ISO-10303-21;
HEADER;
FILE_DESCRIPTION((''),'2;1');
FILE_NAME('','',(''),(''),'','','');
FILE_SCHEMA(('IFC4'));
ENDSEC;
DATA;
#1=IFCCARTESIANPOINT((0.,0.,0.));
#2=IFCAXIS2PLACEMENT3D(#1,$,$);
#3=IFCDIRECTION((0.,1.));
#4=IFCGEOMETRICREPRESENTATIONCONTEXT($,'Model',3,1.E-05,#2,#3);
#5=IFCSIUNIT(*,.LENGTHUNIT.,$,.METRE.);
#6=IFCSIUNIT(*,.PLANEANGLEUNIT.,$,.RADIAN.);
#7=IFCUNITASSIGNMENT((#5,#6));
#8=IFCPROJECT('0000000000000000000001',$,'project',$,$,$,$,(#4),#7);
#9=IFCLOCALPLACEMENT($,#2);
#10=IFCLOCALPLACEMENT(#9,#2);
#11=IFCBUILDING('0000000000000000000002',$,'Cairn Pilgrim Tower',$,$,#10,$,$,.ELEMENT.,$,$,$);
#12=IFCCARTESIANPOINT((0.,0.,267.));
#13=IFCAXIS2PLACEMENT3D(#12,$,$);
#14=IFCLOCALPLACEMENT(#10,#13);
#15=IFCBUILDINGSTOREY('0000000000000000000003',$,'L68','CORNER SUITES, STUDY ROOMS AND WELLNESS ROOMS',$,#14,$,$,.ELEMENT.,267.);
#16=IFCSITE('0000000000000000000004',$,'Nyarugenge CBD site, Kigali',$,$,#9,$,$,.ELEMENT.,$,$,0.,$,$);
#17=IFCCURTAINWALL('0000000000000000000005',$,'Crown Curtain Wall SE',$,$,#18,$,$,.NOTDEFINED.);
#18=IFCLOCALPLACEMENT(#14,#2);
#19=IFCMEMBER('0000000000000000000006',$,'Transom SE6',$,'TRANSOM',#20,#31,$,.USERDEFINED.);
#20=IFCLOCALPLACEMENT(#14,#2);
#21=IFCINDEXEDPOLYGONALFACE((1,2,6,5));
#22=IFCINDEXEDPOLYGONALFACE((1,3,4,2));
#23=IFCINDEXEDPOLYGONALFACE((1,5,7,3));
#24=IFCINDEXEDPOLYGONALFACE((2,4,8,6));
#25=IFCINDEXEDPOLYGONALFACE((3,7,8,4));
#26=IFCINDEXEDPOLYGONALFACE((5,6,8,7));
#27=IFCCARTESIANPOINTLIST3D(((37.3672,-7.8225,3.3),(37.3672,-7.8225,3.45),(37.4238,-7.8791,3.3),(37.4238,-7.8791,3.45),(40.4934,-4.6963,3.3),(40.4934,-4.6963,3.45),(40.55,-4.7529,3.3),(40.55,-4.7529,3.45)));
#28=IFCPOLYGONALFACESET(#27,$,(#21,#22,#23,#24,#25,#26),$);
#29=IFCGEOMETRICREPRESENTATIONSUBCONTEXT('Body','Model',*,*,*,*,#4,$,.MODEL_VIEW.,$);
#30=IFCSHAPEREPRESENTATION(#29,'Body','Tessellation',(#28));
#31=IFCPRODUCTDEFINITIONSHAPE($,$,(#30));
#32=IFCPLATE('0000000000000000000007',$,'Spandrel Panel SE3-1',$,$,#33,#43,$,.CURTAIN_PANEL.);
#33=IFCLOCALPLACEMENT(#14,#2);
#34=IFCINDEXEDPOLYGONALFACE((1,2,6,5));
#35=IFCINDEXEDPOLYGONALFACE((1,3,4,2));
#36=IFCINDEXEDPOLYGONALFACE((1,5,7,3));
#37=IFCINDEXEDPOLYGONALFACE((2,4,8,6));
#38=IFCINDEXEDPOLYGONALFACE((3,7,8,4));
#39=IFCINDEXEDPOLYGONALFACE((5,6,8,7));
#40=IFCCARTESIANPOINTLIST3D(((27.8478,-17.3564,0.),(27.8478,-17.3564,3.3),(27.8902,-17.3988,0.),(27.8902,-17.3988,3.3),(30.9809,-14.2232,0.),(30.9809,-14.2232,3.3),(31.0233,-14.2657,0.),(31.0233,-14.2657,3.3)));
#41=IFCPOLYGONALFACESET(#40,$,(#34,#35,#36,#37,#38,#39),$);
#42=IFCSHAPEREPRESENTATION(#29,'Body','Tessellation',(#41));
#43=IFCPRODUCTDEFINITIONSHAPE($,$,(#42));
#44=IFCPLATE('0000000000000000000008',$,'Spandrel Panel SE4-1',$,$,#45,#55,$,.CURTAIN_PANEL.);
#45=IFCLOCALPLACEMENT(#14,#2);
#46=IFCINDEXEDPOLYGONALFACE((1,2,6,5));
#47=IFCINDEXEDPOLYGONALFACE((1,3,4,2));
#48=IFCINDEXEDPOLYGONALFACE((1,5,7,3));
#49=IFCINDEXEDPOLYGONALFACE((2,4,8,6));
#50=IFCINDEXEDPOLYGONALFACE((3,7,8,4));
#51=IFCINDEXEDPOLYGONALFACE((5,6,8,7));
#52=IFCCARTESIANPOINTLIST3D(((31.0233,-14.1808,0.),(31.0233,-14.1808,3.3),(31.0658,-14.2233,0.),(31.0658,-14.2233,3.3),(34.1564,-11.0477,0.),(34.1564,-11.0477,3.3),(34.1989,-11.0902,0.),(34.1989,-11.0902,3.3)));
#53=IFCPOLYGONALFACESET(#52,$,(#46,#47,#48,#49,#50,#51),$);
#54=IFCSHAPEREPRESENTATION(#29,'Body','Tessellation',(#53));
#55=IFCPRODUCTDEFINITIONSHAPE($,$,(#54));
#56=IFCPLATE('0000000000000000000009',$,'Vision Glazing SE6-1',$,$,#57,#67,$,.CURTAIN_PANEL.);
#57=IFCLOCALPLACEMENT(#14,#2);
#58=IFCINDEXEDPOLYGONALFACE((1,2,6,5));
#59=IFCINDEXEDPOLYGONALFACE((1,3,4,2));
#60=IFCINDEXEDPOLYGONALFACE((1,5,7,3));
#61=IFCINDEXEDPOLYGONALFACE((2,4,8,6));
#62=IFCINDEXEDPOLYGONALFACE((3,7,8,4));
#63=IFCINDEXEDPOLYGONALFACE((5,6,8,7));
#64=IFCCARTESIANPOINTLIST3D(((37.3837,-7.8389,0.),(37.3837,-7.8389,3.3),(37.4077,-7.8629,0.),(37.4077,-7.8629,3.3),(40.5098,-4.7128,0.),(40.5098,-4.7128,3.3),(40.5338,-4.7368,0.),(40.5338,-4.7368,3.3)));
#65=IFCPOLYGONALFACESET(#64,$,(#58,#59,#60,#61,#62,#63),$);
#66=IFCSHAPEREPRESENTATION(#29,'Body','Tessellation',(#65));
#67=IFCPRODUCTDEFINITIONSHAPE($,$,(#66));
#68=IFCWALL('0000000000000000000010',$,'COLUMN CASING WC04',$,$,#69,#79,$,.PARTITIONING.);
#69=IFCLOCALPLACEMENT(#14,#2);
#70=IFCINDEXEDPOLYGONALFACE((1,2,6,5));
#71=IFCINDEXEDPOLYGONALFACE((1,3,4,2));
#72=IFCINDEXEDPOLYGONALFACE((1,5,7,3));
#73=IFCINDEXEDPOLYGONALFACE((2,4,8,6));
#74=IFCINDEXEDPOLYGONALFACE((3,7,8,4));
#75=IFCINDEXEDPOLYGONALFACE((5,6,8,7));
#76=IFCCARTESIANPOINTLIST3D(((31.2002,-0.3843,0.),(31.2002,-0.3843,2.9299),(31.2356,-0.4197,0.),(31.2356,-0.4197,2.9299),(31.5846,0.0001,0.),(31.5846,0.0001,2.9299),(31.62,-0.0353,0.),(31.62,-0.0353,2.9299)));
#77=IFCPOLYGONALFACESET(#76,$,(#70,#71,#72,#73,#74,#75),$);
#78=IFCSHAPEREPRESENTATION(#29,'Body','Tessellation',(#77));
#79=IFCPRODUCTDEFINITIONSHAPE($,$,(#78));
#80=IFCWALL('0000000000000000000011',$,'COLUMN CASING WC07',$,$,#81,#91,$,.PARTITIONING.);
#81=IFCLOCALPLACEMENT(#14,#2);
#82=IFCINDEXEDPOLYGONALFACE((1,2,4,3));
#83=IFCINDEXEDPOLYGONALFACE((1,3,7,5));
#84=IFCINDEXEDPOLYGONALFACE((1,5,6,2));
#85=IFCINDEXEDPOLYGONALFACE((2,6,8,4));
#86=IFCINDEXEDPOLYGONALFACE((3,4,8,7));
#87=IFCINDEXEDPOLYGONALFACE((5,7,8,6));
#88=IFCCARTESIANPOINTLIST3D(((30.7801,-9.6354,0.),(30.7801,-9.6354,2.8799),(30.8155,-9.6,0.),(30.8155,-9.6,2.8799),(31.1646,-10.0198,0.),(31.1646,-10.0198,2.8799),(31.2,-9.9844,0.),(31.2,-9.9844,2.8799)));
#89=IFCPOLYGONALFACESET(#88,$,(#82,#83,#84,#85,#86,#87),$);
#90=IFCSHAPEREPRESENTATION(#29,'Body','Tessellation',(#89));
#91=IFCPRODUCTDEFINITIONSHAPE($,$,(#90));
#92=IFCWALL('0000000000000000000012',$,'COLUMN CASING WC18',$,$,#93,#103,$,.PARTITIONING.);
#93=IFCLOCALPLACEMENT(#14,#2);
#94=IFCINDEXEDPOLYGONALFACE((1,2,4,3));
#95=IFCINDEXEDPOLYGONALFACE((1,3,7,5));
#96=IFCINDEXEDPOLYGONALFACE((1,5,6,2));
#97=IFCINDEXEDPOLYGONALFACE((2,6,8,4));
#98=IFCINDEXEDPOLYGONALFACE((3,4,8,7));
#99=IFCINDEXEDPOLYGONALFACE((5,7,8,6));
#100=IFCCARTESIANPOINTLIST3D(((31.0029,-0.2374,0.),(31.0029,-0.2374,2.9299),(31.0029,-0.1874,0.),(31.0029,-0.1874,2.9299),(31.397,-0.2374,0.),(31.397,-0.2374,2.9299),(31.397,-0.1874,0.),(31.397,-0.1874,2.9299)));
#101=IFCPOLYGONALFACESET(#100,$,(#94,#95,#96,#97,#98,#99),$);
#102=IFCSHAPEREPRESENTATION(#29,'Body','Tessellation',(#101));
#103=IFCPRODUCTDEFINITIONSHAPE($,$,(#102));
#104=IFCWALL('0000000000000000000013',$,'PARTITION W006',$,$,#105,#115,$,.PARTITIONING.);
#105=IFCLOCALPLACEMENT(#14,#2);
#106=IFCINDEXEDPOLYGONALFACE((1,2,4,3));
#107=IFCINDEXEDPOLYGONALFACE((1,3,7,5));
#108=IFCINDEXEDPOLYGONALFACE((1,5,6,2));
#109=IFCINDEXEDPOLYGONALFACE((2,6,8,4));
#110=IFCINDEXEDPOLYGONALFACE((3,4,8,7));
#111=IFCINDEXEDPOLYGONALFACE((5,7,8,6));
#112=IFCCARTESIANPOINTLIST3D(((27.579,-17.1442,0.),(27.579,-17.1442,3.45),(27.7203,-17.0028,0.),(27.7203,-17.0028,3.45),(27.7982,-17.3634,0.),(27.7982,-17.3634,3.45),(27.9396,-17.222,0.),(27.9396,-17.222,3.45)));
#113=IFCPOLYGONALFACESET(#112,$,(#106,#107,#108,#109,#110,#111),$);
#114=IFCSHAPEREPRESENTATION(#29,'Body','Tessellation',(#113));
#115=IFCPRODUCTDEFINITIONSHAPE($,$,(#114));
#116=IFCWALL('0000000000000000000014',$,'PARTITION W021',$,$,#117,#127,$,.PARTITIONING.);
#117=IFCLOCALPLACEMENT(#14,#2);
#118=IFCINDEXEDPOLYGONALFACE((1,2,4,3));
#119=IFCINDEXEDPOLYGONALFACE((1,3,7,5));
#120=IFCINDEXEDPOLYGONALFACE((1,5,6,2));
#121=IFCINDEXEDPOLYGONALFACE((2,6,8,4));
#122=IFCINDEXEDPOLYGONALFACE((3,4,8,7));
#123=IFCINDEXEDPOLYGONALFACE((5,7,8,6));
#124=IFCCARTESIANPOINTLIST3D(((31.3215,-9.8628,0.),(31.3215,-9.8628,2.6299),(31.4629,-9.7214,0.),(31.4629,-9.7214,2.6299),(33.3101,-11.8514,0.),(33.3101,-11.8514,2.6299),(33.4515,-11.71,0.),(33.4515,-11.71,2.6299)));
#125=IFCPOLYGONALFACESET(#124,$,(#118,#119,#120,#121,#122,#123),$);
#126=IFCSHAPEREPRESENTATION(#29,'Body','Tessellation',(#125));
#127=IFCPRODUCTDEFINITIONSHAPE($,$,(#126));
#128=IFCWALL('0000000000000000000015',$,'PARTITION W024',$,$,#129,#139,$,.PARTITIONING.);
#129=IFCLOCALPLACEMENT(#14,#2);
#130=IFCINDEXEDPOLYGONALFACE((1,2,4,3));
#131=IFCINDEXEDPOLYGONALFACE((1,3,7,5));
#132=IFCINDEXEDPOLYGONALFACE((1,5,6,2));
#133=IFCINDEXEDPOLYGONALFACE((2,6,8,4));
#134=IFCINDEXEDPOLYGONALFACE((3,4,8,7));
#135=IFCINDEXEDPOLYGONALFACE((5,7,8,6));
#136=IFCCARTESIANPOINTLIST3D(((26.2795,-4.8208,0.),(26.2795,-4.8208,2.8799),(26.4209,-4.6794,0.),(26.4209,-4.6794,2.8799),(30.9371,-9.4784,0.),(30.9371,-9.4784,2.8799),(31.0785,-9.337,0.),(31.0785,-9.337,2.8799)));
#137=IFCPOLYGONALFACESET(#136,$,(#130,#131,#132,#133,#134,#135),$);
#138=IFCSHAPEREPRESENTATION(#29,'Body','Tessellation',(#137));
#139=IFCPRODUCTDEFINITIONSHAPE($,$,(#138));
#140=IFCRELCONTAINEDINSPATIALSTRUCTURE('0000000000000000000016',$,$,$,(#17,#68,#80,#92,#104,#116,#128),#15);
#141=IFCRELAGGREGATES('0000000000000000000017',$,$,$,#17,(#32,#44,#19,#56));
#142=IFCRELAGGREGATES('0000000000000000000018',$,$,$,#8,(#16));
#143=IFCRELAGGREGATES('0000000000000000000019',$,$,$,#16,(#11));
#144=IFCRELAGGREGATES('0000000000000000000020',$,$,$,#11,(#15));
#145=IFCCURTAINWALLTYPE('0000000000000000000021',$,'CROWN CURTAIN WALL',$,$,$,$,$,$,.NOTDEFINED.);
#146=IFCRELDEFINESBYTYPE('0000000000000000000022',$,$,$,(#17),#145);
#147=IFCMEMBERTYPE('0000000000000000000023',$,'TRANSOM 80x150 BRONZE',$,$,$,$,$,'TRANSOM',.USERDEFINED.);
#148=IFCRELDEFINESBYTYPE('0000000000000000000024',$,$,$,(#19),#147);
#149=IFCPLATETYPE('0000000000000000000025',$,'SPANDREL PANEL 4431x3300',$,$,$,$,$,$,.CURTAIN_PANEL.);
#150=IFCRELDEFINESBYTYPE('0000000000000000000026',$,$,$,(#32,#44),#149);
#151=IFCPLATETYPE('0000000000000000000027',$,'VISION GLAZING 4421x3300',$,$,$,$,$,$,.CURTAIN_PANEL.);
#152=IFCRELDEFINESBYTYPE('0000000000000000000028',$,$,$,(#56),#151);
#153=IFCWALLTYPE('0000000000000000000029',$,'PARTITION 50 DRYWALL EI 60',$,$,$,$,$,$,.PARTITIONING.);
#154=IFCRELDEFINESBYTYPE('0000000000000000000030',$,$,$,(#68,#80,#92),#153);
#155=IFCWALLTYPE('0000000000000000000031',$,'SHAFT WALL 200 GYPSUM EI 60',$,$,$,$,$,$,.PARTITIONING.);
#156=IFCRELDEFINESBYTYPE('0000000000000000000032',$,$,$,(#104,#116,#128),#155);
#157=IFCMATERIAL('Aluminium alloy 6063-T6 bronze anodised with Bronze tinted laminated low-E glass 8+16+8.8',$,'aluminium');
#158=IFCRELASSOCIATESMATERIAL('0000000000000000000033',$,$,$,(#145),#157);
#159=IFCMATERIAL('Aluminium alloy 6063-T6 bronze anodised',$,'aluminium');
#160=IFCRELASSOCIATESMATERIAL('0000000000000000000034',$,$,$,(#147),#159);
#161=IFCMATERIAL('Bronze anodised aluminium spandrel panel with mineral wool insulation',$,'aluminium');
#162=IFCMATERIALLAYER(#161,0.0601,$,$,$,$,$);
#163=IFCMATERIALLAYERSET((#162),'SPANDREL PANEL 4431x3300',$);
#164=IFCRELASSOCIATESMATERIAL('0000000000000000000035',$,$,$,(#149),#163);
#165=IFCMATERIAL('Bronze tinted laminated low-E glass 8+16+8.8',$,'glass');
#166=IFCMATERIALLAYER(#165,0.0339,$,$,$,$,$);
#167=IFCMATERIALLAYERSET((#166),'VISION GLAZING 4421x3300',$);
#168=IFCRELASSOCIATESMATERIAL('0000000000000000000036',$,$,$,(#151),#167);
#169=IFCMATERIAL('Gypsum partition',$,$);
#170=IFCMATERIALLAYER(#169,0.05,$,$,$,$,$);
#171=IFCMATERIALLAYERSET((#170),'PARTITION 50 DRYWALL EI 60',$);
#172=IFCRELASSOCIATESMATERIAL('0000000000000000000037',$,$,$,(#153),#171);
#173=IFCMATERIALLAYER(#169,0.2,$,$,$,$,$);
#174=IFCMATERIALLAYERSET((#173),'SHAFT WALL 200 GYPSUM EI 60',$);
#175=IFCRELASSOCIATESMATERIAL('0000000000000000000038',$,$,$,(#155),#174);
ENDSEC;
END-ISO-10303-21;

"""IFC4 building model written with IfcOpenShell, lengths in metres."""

from ifc_helpers import new_model, si_unit, direction, frame, frame_2d, origin, origin_2d, place, context, subcontext, project, spatial, rectangle, extrude, material, layer, layer_set, material_profile, profile_set, type_object, element, aggregate, save


model = new_model("IFC4")

# Units and contexts
model_context = context("Model", 3, precision=1e-05, world=origin(), true_north=direction((0.0, 1.0)))
body_context = subcontext(model_context, "Body", "Model", "MODEL_VIEW")
ifc_project = project(units=[si_unit("LENGTHUNIT", "METRE"), si_unit("PLANEANGLEUNIT", "RADIAN")], contexts=[model_context])

# Site, building, storey
site_placement = place(None, origin())
site = spatial("IfcSite", under=ifc_project, at=site_placement, Name="Nyarugenge CBD site, Kigali", CompositionType="ELEMENT", RefElevation=0.0)
building_placement = place(site_placement, origin())
building = spatial("IfcBuilding", under=site, at=building_placement, Name="Cairn Pilgrim Tower", CompositionType="ELEMENT")
storey_placement = place(building_placement, frame((0.0, 0.0, 267.0)))
storey = spatial("IfcBuildingStorey", under=building, at=storey_placement, Name="L68", Description="CORNER SUITES, STUDY ROOMS AND WELLNESS ROOMS", CompositionType="ELEMENT", Elevation=267.0)

# Curtain wall
ifc_material_1 = material(Name="Aluminium alloy 6063-T6 bronze anodised with Bronze tinted laminated low-E glass 8+16+8.8", Category="aluminium")
curtain_wall_type = type_object("IfcCurtainWallType", Name="CROWN CURTAIN WALL", PredefinedType="NOTDEFINED", material=ifc_material_1)
curtain_wall_placement = place(storey_placement, origin())
curtain_wall = element("IfcCurtainWall", 1, at=curtain_wall_placement, inside=storey, type_object=curtain_wall_type, Name="Crown Curtain Wall SE", PredefinedType="NOTDEFINED")
ifc_material_2 = material(Name="Aluminium alloy 6063-T6 bronze anodised", Category="aluminium")

# Member
ifc_material_profile_1 = material_profile(ifc_material_2, rectangle(XDim=0.0801, YDim=0.1499, at=origin_2d()), Name="TRANSOM 80x150 BRONZE")
ifc_profile_set_1 = profile_set([ifc_material_profile_1], Name="Aluminium alloy 6063-T6 bronze anodised")
member_type_1 = type_object("IfcMemberType", Name="TRANSOM 80x150 BRONZE", ElementType="TRANSOM", PredefinedType="USERDEFINED", material=ifc_profile_set_1)
member_1_placement = place(storey_placement, frame((37.3955, -7.8508, 3.375), z_axis=(0.707107, 0.707107, 0.0), x_axis=(-0.707107, 0.707107, 0.0)))
member_1 = element("IfcMember", 2, at=member_1_placement, type_object=member_type_1, Name="Transom SE6", ObjectType="TRANSOM", PredefinedType="USERDEFINED", context=body_context, shape_type="SweptSolid", body=[
    extrude(rectangle(XDim=0.0801, YDim=0.1499, at=origin_2d()), origin(), (0.0, 0.0, 1.0), 4.4211),
])

# Plates
ifc_material_3 = material(Name="Bronze anodised aluminium spandrel panel with mineral wool insulation", Category="aluminium")
ifc_layer_1 = layer(ifc_material_3, 0.0601)
ifc_layer_set_1 = layer_set([ifc_layer_1], Name="SPANDREL PANEL 4431x3300")
plate_type_1 = type_object("IfcPlateType", Name="SPANDREL PANEL 4431x3300", PredefinedType="CURTAIN_PANEL", material=ifc_layer_set_1)
plate_1_placement = place(storey_placement, frame((29.4355, -15.811, 0.0), z_axis=(0.0, 0.0, 1.0), x_axis=(0.707107, 0.707107, 0.0)))
plate_1 = element("IfcPlate", 3, at=plate_1_placement, type_object=plate_type_1, Name="Spandrel Panel SE3-1", PredefinedType="CURTAIN_PANEL", context=body_context, shape_type="SweptSolid", body=[
    extrude(rectangle(XDim=4.4309, YDim=0.0601, at=origin_2d()), origin(), (0.0, 0.0, 1.0), 3.3),
])
plate_2_placement = place(storey_placement, frame((32.6111, -12.6355, 0.0), z_axis=(0.0, 0.0, 1.0), x_axis=(0.707107, 0.707107, 0.0)))
plate_2 = element("IfcPlate", 4, at=plate_2_placement, type_object=plate_type_1, Name="Spandrel Panel SE4-1", PredefinedType="CURTAIN_PANEL", context=body_context, shape_type="SweptSolid", body=[
    extrude(rectangle(XDim=4.4309, YDim=0.0601, at=origin_2d()), origin(), (0.0, 0.0, 1.0), 3.3),
])
ifc_material_4 = material(Name="Bronze tinted laminated low-E glass 8+16+8.8", Category="glass")
ifc_layer_2 = layer(ifc_material_4, 0.0339)
ifc_layer_set_2 = layer_set([ifc_layer_2], Name="VISION GLAZING 4421x3300")
plate_type_2 = type_object("IfcPlateType", Name="VISION GLAZING 4421x3300", PredefinedType="CURTAIN_PANEL", material=ifc_layer_set_2)
plate_3_placement = place(storey_placement, frame((38.9587, -6.2878, 0.0), z_axis=(0.0, 0.0, 1.0), x_axis=(0.707107, 0.707107, 0.0)))
plate_3 = element("IfcPlate", 5, at=plate_3_placement, type_object=plate_type_2, Name="Vision Glazing SE6-1", PredefinedType="CURTAIN_PANEL", context=body_context, shape_type="SweptSolid", body=[
    extrude(rectangle(XDim=4.4209, YDim=0.0339, at=origin_2d()), origin(), (0.0, 0.0, 1.0), 3.3),
])
aggregate(curtain_wall, [plate_1, plate_2, member_1, plate_3])

# Walls
ifc_material_5 = material(Name="Gypsum partition")
ifc_layer_3 = layer(ifc_material_5, 0.05)
ifc_layer_set_3 = layer_set([ifc_layer_3], Name="PARTITION 50 DRYWALL EI 60")
wall_type_1 = type_object("IfcWallType", Name="PARTITION 50 DRYWALL EI 60", PredefinedType="PARTITIONING", material=ifc_layer_set_3)
wall_1_placement = place(storey_placement, frame((31.2178, -0.4021, 0.0), z_axis=(0.0, 0.0, 1.0), x_axis=(0.707107, 0.707107, 0.0)))
element("IfcWall", 6, at=wall_1_placement, inside=storey, type_object=wall_type_1, Name="COLUMN CASING WC04", PredefinedType="PARTITIONING", context=body_context, shape_type="SweptSolid", body=[
    extrude(rectangle(XDim=0.5437, YDim=0.05, at=frame_2d((0.272, 0.0))), origin(), (0.0, 0.0, 1.0), 2.9299),
])
wall_2_placement = place(storey_placement, frame((31.1824, -10.0022, 0.0), z_axis=(0.0, 0.0, 1.0), x_axis=(-0.707107, 0.707107, 0.0)))
element("IfcWall", 7, at=wall_2_placement, inside=storey, type_object=wall_type_1, Name="COLUMN CASING WC07", PredefinedType="PARTITIONING", context=body_context, shape_type="SweptSolid", body=[
    extrude(rectangle(XDim=0.5437, YDim=0.05, at=frame_2d((0.272, 0.0))), origin(), (0.0, 0.0, 1.0), 2.8799),
])
wall_3_placement = place(storey_placement, frame((31.0029, -0.2124, 0.0), z_axis=(0.0, 0.0, 1.0), x_axis=(1.0, 0.0, 0.0)))
element("IfcWall", 8, at=wall_3_placement, inside=storey, type_object=wall_type_1, Name="COLUMN CASING WC18", PredefinedType="PARTITIONING", context=body_context, shape_type="SweptSolid", body=[
    extrude(rectangle(XDim=0.394, YDim=0.05, at=frame_2d((0.197, 0.0))), origin(), (0.0, 0.0, 1.0), 2.9299),
])
ifc_layer_4 = layer(ifc_material_5, 0.2)
ifc_layer_set_4 = layer_set([ifc_layer_4], Name="SHAFT WALL 200 GYPSUM EI 60")
wall_type_2 = type_object("IfcWallType", Name="SHAFT WALL 200 GYPSUM EI 60", PredefinedType="PARTITIONING", material=ifc_layer_set_4)
wall_4_placement = place(storey_placement, frame((27.8689, -17.2927, 0.0), z_axis=(0.0, 0.0, 1.0), x_axis=(-0.707107, 0.707107, 0.0)))
element("IfcWall", 9, at=wall_4_placement, inside=storey, type_object=wall_type_2, Name="PARTITION W006", PredefinedType="PARTITIONING", context=body_context, shape_type="SweptSolid", body=[
    extrude(rectangle(XDim=0.3101, YDim=0.2, at=frame_2d((0.155, 0.0))), origin(), (0.0, 0.0, 1.0), 3.45),
])
wall_5_placement = place(storey_placement, frame((33.3809, -11.7808, 0.0), z_axis=(0.0, 0.0, 1.0), x_axis=(-0.707107, 0.707107, 0.0)))
element("IfcWall", 10, at=wall_5_placement, inside=storey, type_object=wall_type_2, Name="PARTITION W021", PredefinedType="PARTITIONING", context=body_context, shape_type="SweptSolid", body=[
    extrude(rectangle(XDim=2.8123, YDim=0.2, at=frame_2d((1.4062, 0.0))), origin(), (0.0, 0.0, 1.0), 2.6299),
])
wall_6_placement = place(storey_placement, frame((31.0078, -9.4077, 0.0), z_axis=(0.0, 0.0, 1.0), x_axis=(-0.707107, 0.707107, 0.0)))
element("IfcWall", 11, at=wall_6_placement, inside=storey, type_object=wall_type_2, Name="PARTITION W024", PredefinedType="PARTITIONING", context=body_context, shape_type="SweptSolid", body=[
    extrude(rectangle(XDim=6.5869, YDim=0.2, at=frame_2d((3.2935, 0.0))), origin(), (0.0, 0.0, 1.0), 2.8799),
])

save(model, "model.ifc")
